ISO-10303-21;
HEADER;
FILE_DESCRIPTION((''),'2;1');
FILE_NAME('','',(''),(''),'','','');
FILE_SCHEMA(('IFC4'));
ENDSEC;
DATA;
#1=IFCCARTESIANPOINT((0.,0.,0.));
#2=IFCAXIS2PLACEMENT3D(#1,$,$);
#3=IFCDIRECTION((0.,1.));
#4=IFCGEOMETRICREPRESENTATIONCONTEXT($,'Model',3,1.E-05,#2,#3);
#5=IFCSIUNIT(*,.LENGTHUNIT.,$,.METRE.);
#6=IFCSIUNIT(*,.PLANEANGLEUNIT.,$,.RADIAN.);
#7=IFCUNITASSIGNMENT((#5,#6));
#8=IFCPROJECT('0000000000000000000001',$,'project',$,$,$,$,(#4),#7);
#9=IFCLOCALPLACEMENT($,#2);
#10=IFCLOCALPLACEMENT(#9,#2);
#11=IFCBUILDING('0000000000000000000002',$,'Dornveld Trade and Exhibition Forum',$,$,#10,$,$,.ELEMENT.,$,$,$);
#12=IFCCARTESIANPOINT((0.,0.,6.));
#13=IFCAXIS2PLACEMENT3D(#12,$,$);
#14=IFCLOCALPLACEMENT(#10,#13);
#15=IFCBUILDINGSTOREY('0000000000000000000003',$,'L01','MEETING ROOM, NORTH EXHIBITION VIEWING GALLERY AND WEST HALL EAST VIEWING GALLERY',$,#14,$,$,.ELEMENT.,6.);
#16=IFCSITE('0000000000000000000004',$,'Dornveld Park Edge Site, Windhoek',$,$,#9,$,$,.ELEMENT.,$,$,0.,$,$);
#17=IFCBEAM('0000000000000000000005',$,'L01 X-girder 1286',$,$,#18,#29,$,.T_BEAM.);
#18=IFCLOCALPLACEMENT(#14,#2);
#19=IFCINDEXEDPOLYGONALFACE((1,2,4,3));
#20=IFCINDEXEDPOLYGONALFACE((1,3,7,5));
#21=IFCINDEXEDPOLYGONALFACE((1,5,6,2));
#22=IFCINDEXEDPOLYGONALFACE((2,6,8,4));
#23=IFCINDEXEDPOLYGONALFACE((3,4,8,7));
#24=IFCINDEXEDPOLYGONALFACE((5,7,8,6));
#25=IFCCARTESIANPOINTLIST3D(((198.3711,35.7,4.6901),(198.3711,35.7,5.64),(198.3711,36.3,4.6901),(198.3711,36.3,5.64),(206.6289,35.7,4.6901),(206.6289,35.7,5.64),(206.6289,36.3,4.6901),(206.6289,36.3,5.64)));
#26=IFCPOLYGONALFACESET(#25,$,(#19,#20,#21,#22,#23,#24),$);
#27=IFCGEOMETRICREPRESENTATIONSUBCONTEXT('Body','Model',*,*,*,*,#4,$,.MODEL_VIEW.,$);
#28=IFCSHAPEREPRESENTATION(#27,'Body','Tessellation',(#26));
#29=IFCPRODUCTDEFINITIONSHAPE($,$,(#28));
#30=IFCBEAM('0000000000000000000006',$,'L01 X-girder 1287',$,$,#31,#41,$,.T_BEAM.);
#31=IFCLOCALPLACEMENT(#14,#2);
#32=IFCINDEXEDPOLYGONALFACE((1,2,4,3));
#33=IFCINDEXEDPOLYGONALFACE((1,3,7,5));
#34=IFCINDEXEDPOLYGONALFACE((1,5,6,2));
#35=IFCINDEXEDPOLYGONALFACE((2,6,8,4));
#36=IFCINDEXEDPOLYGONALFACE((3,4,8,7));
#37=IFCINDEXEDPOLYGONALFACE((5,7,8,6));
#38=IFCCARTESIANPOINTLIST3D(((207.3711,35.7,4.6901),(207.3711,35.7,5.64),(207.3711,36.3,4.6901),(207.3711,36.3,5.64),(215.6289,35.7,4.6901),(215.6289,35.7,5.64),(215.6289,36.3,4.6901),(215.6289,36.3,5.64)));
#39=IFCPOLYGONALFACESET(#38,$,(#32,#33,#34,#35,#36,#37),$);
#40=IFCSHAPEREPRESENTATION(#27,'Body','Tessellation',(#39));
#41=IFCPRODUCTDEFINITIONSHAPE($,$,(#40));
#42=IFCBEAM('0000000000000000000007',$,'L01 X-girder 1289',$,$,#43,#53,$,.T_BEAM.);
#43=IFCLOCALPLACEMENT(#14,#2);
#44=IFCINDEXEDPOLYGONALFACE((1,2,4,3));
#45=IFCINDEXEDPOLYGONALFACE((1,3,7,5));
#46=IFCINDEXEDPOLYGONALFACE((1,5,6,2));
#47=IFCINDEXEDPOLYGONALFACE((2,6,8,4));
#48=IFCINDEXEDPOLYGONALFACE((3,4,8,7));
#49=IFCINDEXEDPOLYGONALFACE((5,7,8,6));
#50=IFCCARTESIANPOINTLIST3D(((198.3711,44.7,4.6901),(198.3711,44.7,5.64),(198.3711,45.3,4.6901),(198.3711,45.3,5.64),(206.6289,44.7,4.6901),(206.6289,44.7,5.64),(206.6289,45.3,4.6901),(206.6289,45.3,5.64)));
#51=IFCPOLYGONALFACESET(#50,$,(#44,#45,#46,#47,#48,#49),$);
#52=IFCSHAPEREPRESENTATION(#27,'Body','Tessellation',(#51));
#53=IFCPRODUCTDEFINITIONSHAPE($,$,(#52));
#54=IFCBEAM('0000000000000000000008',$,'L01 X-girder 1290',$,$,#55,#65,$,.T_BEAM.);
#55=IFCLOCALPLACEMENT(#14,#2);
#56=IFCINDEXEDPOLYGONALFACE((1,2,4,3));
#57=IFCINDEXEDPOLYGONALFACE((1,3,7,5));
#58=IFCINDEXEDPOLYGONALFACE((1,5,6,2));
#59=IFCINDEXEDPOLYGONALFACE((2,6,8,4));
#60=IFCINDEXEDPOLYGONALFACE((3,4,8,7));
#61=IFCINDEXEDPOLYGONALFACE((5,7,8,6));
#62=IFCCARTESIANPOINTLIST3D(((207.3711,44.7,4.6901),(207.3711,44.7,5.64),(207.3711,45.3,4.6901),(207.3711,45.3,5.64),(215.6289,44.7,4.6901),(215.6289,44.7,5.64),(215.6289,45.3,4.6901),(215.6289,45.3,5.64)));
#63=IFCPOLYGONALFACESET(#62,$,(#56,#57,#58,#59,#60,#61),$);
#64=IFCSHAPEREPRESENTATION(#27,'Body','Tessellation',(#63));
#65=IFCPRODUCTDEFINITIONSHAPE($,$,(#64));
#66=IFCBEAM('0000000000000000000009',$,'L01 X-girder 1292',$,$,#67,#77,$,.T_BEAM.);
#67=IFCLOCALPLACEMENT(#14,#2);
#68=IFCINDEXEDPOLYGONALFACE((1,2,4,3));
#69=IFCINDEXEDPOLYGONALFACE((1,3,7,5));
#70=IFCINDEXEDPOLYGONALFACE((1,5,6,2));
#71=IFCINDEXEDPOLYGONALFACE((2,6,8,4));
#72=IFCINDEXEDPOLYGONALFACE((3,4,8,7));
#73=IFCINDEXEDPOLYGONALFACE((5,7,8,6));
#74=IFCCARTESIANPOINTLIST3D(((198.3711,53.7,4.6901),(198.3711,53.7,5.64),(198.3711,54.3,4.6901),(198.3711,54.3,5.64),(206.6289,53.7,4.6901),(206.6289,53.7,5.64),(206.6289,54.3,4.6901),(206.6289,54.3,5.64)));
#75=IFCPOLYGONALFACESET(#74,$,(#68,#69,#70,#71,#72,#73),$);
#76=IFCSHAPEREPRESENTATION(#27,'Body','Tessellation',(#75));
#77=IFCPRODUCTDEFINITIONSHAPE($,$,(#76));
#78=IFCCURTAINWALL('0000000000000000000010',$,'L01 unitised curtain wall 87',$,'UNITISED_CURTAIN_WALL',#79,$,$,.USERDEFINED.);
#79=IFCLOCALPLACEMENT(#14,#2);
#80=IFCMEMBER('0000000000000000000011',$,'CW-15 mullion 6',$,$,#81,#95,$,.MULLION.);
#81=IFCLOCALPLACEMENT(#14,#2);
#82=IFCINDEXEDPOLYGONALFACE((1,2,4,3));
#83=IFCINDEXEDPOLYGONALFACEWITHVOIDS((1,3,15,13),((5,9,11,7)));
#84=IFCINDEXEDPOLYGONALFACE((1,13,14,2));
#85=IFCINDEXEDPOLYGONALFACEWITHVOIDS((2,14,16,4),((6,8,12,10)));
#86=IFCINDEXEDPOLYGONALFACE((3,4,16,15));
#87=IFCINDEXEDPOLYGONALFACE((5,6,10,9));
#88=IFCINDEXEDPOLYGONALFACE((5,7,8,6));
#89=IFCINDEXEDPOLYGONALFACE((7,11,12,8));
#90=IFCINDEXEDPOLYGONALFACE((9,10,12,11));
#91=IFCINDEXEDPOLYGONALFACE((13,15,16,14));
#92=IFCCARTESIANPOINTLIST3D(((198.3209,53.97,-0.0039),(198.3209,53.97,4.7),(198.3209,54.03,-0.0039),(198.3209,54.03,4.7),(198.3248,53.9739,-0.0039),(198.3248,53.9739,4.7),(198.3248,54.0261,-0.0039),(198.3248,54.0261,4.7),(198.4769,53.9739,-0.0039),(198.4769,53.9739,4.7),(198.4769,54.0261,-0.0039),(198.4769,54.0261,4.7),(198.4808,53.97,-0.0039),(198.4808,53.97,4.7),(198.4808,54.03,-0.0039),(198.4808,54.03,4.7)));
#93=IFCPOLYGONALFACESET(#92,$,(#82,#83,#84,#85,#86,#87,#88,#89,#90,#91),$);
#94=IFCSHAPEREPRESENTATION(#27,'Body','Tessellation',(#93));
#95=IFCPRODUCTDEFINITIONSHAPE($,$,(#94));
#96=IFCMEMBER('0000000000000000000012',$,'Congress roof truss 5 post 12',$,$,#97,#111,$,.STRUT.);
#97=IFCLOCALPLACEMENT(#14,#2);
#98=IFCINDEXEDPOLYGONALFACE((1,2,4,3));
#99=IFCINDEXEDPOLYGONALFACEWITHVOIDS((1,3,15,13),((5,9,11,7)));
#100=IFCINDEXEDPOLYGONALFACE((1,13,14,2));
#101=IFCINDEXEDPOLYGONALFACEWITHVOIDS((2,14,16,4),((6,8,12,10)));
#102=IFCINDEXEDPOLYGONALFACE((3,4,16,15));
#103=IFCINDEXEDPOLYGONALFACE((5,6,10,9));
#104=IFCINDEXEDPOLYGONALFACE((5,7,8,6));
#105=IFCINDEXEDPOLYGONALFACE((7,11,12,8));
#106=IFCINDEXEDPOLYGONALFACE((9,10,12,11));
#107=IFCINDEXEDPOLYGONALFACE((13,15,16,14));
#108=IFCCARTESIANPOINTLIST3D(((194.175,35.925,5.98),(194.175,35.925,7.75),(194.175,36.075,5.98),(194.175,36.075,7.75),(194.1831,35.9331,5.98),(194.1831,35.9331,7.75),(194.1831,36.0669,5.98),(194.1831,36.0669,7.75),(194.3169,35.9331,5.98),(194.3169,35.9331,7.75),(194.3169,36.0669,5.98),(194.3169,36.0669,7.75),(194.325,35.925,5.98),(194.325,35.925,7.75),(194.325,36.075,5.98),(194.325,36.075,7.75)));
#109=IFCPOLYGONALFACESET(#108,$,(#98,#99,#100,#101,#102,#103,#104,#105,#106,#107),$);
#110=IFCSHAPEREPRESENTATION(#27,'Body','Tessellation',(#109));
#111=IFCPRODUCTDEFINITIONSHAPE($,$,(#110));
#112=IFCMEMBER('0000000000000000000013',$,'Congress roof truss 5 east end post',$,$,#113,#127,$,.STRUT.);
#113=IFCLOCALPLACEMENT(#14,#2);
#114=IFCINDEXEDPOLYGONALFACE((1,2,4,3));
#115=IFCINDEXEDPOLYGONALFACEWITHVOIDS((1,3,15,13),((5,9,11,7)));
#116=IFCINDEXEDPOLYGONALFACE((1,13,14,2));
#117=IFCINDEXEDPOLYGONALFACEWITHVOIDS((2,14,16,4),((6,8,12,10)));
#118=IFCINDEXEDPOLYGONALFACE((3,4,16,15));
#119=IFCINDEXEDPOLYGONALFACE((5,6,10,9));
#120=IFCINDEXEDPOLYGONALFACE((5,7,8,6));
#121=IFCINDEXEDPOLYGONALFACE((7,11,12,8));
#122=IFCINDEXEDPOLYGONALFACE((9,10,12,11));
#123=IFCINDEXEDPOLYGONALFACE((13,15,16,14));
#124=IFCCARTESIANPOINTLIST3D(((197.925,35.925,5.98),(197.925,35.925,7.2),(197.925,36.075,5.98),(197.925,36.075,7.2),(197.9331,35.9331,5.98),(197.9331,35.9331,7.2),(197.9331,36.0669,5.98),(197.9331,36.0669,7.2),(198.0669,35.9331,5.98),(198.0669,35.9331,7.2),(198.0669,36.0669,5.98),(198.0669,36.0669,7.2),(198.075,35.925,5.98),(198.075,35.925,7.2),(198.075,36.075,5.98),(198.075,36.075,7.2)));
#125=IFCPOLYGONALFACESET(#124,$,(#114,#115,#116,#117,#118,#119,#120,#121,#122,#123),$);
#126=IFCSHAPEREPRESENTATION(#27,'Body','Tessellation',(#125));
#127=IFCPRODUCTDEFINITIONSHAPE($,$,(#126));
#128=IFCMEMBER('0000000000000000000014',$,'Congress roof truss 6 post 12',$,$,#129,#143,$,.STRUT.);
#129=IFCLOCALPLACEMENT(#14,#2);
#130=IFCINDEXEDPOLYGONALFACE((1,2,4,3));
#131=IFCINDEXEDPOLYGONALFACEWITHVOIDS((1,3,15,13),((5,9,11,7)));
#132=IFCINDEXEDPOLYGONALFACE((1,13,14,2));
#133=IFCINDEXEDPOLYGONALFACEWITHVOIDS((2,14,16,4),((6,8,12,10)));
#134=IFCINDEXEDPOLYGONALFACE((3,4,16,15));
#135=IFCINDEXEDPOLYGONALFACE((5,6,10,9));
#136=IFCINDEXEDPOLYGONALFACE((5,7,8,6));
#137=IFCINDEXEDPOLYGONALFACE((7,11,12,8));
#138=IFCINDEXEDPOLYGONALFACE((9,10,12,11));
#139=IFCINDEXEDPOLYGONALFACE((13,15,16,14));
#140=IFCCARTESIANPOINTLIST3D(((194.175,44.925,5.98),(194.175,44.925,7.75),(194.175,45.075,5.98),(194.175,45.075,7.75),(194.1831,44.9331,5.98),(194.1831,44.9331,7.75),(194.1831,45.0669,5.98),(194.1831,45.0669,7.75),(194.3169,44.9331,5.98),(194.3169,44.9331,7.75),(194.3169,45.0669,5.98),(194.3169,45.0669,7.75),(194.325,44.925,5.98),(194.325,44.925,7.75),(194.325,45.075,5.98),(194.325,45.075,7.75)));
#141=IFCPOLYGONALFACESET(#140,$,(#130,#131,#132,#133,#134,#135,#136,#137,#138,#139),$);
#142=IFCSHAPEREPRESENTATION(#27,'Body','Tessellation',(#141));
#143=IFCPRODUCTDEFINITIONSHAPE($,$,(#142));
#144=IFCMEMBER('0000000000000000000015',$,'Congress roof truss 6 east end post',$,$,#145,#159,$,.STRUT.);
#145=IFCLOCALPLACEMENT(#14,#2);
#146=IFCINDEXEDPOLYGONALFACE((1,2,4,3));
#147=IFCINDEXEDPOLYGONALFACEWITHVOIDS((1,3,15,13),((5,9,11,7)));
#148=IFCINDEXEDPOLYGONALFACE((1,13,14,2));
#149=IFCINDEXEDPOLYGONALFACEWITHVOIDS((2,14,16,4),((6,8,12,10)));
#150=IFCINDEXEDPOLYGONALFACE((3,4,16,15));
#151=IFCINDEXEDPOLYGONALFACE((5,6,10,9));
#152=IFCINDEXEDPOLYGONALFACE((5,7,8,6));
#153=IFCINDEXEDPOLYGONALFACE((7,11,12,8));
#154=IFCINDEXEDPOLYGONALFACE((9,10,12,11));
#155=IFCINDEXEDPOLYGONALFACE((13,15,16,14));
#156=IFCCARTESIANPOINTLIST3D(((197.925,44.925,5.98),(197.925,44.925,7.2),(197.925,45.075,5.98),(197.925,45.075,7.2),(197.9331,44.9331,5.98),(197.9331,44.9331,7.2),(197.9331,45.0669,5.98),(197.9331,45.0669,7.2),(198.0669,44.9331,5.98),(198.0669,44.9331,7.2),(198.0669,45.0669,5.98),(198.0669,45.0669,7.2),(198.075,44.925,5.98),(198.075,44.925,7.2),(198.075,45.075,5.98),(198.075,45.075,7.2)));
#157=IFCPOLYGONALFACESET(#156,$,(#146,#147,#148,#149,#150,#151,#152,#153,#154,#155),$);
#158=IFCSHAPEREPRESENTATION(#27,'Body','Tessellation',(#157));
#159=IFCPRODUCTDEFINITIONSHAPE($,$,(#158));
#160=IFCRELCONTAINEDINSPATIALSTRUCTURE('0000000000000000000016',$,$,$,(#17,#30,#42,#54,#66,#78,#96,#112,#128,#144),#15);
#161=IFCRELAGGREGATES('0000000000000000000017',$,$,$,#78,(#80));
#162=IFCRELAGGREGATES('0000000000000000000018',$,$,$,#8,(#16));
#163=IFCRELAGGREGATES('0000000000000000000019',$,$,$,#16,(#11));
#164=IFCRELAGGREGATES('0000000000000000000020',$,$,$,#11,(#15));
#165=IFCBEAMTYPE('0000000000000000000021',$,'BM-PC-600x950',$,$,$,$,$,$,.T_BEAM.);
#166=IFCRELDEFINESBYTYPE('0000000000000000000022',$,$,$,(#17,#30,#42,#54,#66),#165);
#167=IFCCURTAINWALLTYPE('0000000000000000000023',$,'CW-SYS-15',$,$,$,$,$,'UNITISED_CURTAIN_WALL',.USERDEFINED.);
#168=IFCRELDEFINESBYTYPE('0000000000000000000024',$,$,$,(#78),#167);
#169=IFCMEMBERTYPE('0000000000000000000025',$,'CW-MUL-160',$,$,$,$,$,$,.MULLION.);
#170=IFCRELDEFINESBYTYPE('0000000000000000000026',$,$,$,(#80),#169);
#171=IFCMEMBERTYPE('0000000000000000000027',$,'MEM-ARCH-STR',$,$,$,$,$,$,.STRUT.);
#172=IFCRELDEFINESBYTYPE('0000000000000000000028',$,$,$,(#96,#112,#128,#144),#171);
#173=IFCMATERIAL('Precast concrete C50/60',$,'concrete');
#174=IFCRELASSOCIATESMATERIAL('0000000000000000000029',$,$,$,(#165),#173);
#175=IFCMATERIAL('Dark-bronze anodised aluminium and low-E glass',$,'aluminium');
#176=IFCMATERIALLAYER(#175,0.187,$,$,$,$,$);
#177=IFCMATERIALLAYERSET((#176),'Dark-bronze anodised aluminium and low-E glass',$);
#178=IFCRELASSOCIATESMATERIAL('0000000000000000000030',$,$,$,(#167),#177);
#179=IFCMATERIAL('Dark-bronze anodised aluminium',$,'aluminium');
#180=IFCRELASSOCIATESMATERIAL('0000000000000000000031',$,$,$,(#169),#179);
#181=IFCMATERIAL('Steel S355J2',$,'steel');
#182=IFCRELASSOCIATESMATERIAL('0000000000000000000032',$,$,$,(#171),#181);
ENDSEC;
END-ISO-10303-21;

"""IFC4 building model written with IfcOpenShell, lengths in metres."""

from ifc_helpers import new_model, si_unit, direction, frame, origin, origin_2d, place, context, subcontext, project, spatial, rectangle, hollow_rectangle, extrude, material, layer, layer_set, material_profile, profile_set, type_object, element, aggregate, save


model = new_model("IFC4")

# Units and contexts
model_context = context("Model", 3, precision=1e-05, world=origin(), true_north=direction((0.0, 1.0)))
body_context = subcontext(model_context, "Body", "Model", "MODEL_VIEW")
ifc_project = project(units=[si_unit("LENGTHUNIT", "METRE"), si_unit("PLANEANGLEUNIT", "RADIAN")], contexts=[model_context])

# Site, building, storey
site_placement = place(None, origin())
site = spatial("IfcSite", under=ifc_project, at=site_placement, Name="Dornveld Park Edge Site, Windhoek", CompositionType="ELEMENT", RefElevation=0.0)
building_placement = place(site_placement, origin())
building = spatial("IfcBuilding", under=site, at=building_placement, Name="Dornveld Trade and Exhibition Forum", CompositionType="ELEMENT")
storey_placement = place(building_placement, frame((0.0, 0.0, 6.0)))
storey = spatial("IfcBuildingStorey", under=building, at=storey_placement, Name="L01", Description="MEETING ROOM, NORTH EXHIBITION VIEWING GALLERY AND WEST HALL EAST VIEWING GALLERY", CompositionType="ELEMENT", Elevation=6.0)

# Beams
ifc_material_1 = material(Name="Precast concrete C50/60", Category="concrete")
ifc_material_profile_1 = material_profile(ifc_material_1, rectangle(XDim=0.6001, YDim=0.95, at=origin_2d()), Name="PC-GIR 600x950")
ifc_profile_set_1 = profile_set([ifc_material_profile_1], Name="Precast concrete C50/60")
beam_type_1 = type_object("IfcBeamType", Name="BM-PC-600x950", PredefinedType="T_BEAM", material=ifc_profile_set_1)
for number, where, z_axis, x_axis, name in (
    (1, (198.3711, 36.0, 5.165), (1.0, 0.0, 0.0), (0.0, 1.0, 0.0), "L01 X-girder 1286"),
    (2, (207.3711, 36.0, 5.165), (1.0, 0.0, 0.0), (0.0, 1.0, 0.0), "L01 X-girder 1287"),
    (3, (198.3711, 45.0, 5.165), (1.0, 0.0, 0.0), (0.0, 1.0, 0.0), "L01 X-girder 1289"),
    (4, (207.3711, 45.0, 5.165), (1.0, 0.0, 0.0), (0.0, 1.0, 0.0), "L01 X-girder 1290"),
    (5, (198.3711, 54.0, 5.165), (1.0, 0.0, 0.0), (0.0, 1.0, 0.0), "L01 X-girder 1292"),
):
    element("IfcBeam", number, at=place(storey_placement, frame(where, z_axis=z_axis, x_axis=x_axis)), inside=storey, type_object=beam_type_1, Name=name, PredefinedType="T_BEAM", context=body_context, shape_type="SweptSolid", body=[
        extrude(rectangle(XDim=0.6001, YDim=0.95, at=origin_2d()), origin(), (0.0, 0.0, 1.0), 8.2578),
    ])

# Curtain wall, member
ifc_material_2 = material(Name="Dark-bronze anodised aluminium and low-E glass", Category="aluminium")
ifc_layer_1 = layer(ifc_material_2, 0.187)
ifc_layer_set_1 = layer_set([ifc_layer_1], Name="Dark-bronze anodised aluminium and low-E glass")
curtain_wall_type = type_object("IfcCurtainWallType", Name="CW-SYS-15", ElementType="UNITISED_CURTAIN_WALL", PredefinedType="USERDEFINED", material=ifc_layer_set_1)
curtain_wall_placement = place(storey_placement, origin())
curtain_wall = element("IfcCurtainWall", 6, at=curtain_wall_placement, inside=storey, type_object=curtain_wall_type, Name="L01 unitised curtain wall 87", ObjectType="UNITISED_CURTAIN_WALL", PredefinedType="USERDEFINED")
ifc_material_3 = material(Name="Dark-bronze anodised aluminium", Category="aluminium")
ifc_material_profile_2 = material_profile(ifc_material_3, hollow_rectangle(XDim=0.0601, YDim=0.1599, WallThickness=0.0039, at=origin_2d()), Name="RHS 160x60x4")
ifc_profile_set_2 = profile_set([ifc_material_profile_2], Name="Dark-bronze anodised aluminium")
member_type_1 = type_object("IfcMemberType", Name="CW-MUL-160", PredefinedType="MULLION", material=ifc_profile_set_2)
member_1_placement = place(storey_placement, frame((198.4009, 54.0, -0.0039), z_axis=(0.0, 0.0, 1.0), x_axis=(0.0, -1.0, 0.0)))
member_1 = element("IfcMember", 7, at=member_1_placement, type_object=member_type_1, Name="CW-15 mullion 6", PredefinedType="MULLION", context=body_context, shape_type="SweptSolid", body=[
    extrude(hollow_rectangle(XDim=0.0601, YDim=0.1599, WallThickness=0.0039, at=origin_2d()), origin(), (0.0, 0.0, 1.0), 4.7039),
])
aggregate(curtain_wall, [member_1])

# Members
ifc_material_4 = material(Name="Steel S355J2", Category="steel")
ifc_material_profile_3 = material_profile(ifc_material_4, hollow_rectangle(XDim=0.1499, YDim=0.1499, WallThickness=0.0081, at=origin_2d()), Name="SHS 150x150x8")
ifc_profile_set_3 = profile_set([ifc_material_profile_3], Name="Steel S355J2")
member_type_2 = type_object("IfcMemberType", Name="MEM-ARCH-STR", PredefinedType="STRUT", material=ifc_profile_set_3)
member_2_placement = place(storey_placement, frame((194.25, 36.0, 5.98), z_axis=(0.0, 0.0, 1.0), x_axis=(1.0, 0.0, 0.0)))
element("IfcMember", 8, at=member_2_placement, inside=storey, type_object=member_type_2, Name="Congress roof truss 5 post 12", PredefinedType="STRUT", context=body_context, shape_type="SweptSolid", body=[
    extrude(hollow_rectangle(XDim=0.1499, YDim=0.1499, WallThickness=0.0081, at=origin_2d()), origin(), (0.0, 0.0, 1.0), 1.77),
])
member_3_placement = place(storey_placement, frame((198.0, 36.0, 5.98), z_axis=(0.0, 0.0, 1.0), x_axis=(1.0, 0.0, 0.0)))
element("IfcMember", 9, at=member_3_placement, inside=storey, type_object=member_type_2, Name="Congress roof truss 5 east end post", PredefinedType="STRUT", context=body_context, shape_type="SweptSolid", body=[
    extrude(hollow_rectangle(XDim=0.1499, YDim=0.1499, WallThickness=0.0081, at=origin_2d()), origin(), (0.0, 0.0, 1.0), 1.22),
])
member_4_placement = place(storey_placement, frame((194.25, 45.0, 5.98), z_axis=(0.0, 0.0, 1.0), x_axis=(1.0, 0.0, 0.0)))
element("IfcMember", 10, at=member_4_placement, inside=storey, type_object=member_type_2, Name="Congress roof truss 6 post 12", PredefinedType="STRUT", context=body_context, shape_type="SweptSolid", body=[
    extrude(hollow_rectangle(XDim=0.1499, YDim=0.1499, WallThickness=0.0081, at=origin_2d()), origin(), (0.0, 0.0, 1.0), 1.77),
])
member_5_placement = place(storey_placement, frame((198.0, 45.0, 5.98), z_axis=(0.0, 0.0, 1.0), x_axis=(1.0, 0.0, 0.0)))
element("IfcMember", 11, at=member_5_placement, inside=storey, type_object=member_type_2, Name="Congress roof truss 6 east end post", PredefinedType="STRUT", context=body_context, shape_type="SweptSolid", body=[
    extrude(hollow_rectangle(XDim=0.1499, YDim=0.1499, WallThickness=0.0081, at=origin_2d()), origin(), (0.0, 0.0, 1.0), 1.22),
])

save(model, "model.ifc")
